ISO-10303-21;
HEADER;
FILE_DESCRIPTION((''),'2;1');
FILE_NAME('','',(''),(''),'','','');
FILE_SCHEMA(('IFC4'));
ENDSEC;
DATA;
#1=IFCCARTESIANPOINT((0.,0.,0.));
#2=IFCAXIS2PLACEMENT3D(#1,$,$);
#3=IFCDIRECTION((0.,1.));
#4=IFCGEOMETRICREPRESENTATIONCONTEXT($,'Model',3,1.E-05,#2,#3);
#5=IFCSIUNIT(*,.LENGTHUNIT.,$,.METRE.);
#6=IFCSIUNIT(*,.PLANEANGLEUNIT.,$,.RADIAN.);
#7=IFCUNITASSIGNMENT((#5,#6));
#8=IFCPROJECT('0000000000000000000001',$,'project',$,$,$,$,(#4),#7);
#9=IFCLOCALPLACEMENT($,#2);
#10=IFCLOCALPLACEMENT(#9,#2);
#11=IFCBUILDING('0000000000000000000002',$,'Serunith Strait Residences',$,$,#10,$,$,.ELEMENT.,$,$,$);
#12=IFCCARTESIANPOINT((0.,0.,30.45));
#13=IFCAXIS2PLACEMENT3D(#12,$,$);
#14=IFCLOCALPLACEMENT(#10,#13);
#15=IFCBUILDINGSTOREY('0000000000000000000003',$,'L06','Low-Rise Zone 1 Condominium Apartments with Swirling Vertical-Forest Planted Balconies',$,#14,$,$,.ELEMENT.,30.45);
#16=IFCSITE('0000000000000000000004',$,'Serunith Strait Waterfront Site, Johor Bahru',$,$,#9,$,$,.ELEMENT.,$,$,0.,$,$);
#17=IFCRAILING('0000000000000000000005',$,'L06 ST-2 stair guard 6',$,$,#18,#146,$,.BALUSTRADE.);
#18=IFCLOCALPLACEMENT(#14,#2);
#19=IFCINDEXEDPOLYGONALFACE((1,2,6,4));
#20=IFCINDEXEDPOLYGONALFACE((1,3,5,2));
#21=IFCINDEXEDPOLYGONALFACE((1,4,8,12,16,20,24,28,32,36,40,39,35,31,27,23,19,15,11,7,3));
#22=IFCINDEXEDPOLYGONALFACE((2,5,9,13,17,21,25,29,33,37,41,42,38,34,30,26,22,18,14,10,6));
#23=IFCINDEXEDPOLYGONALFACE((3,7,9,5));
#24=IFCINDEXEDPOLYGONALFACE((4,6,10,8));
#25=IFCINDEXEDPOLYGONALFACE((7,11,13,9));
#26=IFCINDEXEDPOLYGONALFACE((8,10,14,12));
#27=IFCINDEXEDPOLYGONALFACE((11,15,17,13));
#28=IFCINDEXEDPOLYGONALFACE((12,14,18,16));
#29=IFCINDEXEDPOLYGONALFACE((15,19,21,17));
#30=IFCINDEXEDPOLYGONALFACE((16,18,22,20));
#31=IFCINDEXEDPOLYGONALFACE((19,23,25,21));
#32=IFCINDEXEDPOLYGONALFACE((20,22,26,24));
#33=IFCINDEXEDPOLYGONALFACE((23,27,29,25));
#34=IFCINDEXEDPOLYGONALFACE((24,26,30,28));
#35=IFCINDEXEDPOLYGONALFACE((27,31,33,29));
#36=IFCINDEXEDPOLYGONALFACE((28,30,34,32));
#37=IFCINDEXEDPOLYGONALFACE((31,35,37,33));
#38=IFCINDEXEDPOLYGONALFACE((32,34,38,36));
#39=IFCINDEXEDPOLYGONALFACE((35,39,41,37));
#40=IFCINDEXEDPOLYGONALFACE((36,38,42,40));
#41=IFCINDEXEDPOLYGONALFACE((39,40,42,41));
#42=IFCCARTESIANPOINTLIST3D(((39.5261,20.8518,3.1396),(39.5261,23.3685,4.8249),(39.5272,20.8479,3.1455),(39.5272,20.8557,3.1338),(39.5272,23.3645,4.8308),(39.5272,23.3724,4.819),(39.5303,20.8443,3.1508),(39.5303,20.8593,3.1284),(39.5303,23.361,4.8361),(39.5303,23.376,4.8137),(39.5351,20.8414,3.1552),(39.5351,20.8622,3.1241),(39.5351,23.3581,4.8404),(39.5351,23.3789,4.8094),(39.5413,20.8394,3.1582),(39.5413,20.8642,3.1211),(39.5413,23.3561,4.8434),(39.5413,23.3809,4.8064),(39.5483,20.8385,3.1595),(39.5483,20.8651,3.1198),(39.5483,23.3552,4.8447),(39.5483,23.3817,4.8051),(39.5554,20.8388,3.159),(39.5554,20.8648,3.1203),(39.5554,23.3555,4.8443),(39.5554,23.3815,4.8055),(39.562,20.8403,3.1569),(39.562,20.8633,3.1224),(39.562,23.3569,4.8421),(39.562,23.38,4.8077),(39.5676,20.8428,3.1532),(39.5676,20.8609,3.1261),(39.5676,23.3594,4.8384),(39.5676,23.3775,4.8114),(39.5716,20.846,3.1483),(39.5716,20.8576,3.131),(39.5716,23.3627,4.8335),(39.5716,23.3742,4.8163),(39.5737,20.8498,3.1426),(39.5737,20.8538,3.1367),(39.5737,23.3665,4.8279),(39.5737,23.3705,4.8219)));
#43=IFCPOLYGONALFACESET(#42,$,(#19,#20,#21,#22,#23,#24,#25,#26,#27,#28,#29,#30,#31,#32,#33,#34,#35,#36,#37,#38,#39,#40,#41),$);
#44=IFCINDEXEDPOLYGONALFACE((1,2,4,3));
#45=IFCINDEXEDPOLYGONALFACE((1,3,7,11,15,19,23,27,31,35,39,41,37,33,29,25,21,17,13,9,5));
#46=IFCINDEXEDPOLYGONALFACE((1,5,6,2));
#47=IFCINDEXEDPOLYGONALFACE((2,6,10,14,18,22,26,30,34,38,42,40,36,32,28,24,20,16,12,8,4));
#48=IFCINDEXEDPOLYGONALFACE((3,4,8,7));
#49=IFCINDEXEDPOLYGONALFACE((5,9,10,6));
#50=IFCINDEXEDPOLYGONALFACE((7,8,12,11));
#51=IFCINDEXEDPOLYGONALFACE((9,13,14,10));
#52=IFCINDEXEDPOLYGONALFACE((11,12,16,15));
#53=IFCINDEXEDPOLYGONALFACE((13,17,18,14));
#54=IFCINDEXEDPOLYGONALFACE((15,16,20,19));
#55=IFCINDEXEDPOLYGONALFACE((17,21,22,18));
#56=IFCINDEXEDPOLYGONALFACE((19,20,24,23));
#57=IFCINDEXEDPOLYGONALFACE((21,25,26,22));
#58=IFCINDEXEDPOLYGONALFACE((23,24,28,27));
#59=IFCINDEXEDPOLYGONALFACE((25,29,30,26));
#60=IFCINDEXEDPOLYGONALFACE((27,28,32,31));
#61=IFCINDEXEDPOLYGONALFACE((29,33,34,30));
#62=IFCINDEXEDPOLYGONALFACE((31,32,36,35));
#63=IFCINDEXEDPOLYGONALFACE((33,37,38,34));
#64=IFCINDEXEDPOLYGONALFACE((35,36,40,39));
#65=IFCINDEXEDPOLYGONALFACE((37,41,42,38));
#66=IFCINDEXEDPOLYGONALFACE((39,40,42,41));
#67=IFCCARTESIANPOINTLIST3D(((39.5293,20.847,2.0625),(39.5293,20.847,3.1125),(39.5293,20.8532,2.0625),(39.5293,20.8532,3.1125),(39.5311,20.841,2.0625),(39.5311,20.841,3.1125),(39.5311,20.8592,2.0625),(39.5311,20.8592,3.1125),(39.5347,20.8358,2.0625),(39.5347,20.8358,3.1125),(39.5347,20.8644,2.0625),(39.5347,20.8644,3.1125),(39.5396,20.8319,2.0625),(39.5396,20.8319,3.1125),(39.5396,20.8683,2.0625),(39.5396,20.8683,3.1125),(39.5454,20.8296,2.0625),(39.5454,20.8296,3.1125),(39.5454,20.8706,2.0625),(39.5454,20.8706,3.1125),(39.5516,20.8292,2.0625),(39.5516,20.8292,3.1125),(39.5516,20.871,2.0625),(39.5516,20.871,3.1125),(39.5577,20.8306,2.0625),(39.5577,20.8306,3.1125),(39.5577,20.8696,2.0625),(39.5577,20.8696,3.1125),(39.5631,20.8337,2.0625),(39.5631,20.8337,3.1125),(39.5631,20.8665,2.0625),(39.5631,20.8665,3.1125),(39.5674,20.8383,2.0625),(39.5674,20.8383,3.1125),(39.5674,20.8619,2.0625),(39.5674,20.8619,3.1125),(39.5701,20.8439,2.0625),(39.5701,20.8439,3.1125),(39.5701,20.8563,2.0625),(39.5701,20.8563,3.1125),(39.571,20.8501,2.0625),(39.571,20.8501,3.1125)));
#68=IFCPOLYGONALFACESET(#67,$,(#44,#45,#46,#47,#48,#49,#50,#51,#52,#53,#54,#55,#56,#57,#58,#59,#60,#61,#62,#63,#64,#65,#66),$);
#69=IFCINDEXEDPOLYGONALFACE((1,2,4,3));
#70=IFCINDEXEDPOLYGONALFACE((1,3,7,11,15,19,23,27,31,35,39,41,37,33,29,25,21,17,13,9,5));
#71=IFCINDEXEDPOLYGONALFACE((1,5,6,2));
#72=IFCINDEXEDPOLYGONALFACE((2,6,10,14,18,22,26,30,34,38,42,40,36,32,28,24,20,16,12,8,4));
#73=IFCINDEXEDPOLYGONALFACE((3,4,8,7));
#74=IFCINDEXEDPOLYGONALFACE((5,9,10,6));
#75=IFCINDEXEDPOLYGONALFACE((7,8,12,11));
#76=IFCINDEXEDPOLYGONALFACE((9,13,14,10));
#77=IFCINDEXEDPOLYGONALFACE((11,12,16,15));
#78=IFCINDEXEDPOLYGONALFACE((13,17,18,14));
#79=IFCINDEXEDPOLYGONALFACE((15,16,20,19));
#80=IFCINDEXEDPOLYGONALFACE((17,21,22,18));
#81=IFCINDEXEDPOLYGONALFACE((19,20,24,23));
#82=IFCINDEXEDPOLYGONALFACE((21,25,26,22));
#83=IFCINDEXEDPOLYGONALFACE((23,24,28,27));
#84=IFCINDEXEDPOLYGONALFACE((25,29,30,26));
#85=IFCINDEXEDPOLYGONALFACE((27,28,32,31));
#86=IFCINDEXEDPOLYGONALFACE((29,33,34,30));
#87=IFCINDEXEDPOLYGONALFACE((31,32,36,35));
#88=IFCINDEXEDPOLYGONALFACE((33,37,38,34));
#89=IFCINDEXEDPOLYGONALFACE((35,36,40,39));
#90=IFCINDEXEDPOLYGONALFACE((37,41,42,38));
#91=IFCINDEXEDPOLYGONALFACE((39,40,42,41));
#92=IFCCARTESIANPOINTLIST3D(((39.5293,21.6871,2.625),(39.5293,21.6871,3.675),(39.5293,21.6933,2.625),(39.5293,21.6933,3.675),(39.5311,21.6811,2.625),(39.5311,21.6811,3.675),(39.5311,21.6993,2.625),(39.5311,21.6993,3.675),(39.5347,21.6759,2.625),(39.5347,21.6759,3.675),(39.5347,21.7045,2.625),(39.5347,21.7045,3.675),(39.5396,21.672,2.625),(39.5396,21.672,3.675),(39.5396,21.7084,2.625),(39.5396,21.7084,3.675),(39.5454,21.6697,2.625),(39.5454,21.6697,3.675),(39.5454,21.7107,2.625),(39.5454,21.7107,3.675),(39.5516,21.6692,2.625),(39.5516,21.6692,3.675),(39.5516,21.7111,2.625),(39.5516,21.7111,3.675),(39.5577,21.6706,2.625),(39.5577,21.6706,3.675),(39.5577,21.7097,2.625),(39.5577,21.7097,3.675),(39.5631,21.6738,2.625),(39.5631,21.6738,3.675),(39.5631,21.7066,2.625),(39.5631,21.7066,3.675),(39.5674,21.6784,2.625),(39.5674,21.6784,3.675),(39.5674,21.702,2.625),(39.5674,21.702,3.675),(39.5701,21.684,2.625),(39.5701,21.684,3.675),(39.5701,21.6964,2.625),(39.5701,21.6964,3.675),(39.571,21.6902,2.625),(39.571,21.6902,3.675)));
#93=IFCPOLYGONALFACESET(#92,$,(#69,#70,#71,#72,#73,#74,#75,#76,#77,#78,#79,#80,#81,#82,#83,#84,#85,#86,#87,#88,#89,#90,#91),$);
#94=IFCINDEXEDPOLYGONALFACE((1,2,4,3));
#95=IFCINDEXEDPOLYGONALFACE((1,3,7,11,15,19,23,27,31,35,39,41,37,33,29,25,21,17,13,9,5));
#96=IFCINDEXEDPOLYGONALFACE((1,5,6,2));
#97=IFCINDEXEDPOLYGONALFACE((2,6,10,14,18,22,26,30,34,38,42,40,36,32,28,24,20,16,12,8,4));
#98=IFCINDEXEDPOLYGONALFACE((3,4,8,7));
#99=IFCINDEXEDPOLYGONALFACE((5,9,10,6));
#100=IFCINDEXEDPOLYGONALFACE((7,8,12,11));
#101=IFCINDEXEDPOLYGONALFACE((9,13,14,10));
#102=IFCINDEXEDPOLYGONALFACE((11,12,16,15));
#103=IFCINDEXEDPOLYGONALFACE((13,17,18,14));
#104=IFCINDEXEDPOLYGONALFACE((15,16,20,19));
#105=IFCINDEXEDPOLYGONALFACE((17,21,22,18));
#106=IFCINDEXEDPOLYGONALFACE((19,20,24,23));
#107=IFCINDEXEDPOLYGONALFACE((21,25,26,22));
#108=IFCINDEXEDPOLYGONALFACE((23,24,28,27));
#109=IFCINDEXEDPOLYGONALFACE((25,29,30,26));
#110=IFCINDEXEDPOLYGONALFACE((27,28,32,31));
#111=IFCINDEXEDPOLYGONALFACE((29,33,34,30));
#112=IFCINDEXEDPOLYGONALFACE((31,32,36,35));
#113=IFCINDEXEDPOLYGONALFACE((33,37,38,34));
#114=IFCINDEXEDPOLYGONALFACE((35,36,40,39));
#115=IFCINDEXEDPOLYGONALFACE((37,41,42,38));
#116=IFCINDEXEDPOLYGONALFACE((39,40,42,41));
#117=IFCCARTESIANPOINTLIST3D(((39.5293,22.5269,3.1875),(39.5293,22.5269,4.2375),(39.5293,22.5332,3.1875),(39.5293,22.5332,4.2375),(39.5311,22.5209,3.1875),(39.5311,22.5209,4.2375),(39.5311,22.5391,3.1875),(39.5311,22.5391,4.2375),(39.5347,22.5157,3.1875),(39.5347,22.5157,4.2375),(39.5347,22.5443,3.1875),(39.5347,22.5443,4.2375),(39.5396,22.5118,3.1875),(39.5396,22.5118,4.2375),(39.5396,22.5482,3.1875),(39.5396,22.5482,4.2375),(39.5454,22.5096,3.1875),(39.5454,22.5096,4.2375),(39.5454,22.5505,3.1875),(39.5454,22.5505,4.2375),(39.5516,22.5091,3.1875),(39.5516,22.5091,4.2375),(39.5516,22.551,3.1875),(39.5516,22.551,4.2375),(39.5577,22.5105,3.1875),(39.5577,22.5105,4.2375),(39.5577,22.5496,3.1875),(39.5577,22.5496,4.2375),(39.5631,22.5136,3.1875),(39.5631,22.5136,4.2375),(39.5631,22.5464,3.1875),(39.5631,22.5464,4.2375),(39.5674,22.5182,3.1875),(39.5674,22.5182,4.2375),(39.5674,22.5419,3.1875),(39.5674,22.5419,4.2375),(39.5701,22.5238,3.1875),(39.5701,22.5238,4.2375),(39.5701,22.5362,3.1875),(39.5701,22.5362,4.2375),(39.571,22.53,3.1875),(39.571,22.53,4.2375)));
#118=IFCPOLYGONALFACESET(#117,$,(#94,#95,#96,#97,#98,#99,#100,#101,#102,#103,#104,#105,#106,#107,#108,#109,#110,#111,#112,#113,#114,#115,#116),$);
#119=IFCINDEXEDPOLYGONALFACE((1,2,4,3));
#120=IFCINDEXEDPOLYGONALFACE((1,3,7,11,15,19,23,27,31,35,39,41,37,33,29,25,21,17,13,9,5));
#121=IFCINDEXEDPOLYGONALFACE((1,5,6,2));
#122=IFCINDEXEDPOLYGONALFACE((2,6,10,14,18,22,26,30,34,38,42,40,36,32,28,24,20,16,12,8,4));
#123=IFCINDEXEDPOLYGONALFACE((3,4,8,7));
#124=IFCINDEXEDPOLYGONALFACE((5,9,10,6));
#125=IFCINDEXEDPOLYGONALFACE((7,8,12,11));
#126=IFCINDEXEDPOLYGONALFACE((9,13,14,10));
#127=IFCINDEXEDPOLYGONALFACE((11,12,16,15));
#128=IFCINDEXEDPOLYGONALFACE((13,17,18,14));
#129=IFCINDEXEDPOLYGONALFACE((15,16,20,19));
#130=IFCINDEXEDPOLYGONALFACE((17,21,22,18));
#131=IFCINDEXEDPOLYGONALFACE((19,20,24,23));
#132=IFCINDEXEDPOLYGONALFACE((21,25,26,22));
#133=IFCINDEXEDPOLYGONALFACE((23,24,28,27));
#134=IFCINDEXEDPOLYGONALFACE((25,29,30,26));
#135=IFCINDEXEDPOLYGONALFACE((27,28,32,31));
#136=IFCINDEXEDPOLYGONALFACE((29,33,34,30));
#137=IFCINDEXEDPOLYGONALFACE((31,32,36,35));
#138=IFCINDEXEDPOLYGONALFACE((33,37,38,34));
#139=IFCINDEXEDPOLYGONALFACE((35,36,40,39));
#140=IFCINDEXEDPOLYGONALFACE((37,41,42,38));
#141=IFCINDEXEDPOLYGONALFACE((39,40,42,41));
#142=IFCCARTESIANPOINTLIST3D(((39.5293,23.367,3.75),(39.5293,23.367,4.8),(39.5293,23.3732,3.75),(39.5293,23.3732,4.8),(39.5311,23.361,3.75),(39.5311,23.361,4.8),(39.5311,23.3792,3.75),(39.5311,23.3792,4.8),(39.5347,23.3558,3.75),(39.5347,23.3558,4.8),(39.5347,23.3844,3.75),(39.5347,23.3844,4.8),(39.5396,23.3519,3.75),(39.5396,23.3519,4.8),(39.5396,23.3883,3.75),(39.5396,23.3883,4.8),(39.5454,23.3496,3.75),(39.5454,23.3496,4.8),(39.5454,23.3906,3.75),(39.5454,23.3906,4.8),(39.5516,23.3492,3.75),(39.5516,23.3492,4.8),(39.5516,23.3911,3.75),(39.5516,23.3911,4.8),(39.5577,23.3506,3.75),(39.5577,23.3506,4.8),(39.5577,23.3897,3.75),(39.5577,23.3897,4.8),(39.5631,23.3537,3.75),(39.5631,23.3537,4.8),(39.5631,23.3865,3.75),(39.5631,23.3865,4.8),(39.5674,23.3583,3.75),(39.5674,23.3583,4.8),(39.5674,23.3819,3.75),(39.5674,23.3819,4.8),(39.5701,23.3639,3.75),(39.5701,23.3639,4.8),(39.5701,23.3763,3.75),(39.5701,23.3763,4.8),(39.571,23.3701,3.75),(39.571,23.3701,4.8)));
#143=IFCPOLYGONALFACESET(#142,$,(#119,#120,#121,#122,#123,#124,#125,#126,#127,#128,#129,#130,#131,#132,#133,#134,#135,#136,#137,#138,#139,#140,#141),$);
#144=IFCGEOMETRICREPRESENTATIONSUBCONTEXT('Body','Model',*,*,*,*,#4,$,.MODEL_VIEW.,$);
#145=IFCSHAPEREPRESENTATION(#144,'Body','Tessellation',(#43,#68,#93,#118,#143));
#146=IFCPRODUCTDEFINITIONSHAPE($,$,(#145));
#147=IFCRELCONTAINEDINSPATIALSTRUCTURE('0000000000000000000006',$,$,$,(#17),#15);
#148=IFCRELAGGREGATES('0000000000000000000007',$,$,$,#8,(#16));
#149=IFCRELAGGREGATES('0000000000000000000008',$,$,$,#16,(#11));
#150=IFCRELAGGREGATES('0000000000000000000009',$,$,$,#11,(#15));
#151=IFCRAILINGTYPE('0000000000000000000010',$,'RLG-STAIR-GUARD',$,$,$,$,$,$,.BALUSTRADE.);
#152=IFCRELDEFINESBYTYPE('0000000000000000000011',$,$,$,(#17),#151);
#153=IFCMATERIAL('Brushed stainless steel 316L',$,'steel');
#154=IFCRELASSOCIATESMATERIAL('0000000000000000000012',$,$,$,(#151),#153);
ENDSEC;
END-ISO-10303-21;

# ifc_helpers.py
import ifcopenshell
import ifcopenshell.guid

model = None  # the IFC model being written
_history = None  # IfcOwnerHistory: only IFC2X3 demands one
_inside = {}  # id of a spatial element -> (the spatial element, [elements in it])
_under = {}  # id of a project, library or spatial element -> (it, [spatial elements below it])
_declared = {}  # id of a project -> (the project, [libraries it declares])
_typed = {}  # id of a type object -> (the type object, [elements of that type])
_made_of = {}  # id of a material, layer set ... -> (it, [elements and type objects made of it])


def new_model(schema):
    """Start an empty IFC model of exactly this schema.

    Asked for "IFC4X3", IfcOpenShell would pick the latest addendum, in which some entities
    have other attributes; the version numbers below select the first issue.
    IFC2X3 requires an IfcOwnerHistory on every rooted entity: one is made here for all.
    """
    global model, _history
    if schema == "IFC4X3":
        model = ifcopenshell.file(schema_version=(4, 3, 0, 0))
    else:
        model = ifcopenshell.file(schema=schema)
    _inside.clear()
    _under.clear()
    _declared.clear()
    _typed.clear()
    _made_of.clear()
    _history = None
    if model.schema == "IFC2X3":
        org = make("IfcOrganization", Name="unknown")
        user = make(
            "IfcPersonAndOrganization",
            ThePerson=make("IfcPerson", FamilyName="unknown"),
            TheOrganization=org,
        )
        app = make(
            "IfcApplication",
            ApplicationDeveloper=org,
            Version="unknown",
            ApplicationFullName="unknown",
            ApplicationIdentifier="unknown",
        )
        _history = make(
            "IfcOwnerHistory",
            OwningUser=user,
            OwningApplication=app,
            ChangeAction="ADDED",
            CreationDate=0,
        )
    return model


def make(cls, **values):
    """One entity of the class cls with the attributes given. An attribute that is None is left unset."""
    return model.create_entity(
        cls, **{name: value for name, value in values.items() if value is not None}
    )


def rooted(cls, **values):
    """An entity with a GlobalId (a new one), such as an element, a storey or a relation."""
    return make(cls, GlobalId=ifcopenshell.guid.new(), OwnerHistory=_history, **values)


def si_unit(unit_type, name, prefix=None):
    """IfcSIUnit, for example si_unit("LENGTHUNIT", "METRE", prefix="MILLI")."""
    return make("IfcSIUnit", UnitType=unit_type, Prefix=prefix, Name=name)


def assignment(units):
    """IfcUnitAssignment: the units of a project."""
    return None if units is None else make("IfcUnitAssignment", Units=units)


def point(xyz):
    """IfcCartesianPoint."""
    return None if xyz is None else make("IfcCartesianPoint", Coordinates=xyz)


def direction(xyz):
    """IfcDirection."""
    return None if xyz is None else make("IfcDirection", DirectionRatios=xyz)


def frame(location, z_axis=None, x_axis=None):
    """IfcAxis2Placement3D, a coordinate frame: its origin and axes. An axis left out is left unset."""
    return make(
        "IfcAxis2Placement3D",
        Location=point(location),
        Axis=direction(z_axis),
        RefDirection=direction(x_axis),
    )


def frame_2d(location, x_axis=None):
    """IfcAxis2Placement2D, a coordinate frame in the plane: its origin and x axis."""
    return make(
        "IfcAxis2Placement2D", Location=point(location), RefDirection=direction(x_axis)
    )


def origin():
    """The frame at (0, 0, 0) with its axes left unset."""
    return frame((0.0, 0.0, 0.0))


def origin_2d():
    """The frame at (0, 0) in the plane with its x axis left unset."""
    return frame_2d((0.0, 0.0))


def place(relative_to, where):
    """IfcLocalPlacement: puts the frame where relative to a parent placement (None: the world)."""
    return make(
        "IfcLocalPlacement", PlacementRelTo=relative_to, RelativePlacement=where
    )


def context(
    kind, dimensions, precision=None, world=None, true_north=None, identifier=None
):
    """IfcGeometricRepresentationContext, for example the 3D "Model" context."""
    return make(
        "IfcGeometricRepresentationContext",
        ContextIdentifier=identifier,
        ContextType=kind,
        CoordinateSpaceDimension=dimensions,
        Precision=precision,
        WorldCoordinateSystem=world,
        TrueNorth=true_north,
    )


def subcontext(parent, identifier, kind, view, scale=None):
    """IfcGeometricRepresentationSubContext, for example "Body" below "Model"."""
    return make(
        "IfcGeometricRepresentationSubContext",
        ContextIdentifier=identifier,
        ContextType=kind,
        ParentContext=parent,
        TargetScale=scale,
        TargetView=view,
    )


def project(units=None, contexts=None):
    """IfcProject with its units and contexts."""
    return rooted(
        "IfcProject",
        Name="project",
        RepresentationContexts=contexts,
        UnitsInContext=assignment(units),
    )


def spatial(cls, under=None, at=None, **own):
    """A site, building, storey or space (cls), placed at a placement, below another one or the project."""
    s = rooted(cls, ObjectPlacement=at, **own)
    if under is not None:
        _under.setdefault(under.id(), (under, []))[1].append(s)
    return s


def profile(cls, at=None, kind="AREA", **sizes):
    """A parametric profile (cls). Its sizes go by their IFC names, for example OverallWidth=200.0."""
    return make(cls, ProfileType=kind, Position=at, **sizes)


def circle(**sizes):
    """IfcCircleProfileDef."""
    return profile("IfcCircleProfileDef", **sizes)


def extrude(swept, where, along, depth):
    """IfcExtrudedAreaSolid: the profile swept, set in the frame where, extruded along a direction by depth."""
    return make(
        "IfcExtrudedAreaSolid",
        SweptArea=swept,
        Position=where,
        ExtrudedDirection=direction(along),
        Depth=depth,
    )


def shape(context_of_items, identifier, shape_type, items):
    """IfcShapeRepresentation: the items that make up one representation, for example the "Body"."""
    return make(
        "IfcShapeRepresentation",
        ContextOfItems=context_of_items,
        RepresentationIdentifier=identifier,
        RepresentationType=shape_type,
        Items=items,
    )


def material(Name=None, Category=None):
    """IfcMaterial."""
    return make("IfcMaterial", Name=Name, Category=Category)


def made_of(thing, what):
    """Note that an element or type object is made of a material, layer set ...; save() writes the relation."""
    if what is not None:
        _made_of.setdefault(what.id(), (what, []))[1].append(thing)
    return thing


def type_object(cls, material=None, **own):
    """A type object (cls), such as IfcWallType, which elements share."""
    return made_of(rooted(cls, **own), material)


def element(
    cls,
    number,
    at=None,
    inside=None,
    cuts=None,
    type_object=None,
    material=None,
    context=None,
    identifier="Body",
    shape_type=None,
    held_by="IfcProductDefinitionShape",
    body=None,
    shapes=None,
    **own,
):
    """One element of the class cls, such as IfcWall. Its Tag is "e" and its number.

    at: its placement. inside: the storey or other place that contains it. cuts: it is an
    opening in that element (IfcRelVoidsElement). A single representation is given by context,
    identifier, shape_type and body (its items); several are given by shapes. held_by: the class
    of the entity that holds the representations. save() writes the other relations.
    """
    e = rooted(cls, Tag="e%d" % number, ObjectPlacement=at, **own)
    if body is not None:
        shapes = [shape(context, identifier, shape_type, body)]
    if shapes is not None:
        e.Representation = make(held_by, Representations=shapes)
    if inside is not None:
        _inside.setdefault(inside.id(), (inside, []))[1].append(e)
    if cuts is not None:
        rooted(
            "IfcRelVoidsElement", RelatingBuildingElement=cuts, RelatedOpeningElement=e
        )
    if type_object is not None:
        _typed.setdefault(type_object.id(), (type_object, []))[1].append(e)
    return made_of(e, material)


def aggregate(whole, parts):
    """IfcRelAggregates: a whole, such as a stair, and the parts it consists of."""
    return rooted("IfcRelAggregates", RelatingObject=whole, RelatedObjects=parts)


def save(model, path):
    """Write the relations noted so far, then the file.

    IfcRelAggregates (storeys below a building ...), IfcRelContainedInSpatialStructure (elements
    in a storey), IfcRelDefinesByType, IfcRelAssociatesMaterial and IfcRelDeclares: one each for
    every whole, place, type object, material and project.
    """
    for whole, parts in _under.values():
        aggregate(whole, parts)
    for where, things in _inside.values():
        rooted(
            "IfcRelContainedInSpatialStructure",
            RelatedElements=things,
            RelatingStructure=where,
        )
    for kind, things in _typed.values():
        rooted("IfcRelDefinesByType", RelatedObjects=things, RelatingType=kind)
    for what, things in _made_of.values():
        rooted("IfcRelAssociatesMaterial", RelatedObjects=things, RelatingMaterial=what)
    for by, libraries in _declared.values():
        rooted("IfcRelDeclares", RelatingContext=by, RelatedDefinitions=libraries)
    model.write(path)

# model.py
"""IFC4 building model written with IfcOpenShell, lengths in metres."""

from ifc_helpers import new_model, si_unit, direction, frame, origin, origin_2d, place, context, subcontext, project, spatial, circle, extrude, material, type_object, element, save


model = new_model("IFC4")

# Units and contexts
model_context = context("Model", 3, precision=1e-05, world=origin(), true_north=direction((0.0, 1.0)))
body_context = subcontext(model_context, "Body", "Model", "MODEL_VIEW")
ifc_project = project(units=[si_unit("LENGTHUNIT", "METRE"), si_unit("PLANEANGLEUNIT", "RADIAN")], contexts=[model_context])

# Site, building, storey
site_placement = place(None, origin())
site = spatial("IfcSite", under=ifc_project, at=site_placement, Name="Serunith Strait Waterfront Site, Johor Bahru", CompositionType="ELEMENT", RefElevation=0.0)
building_placement = place(site_placement, origin())
building = spatial("IfcBuilding", under=site, at=building_placement, Name="Serunith Strait Residences", CompositionType="ELEMENT")
storey_placement = place(building_placement, frame((0.0, 0.0, 30.45)))
storey = spatial("IfcBuildingStorey", under=building, at=storey_placement, Name="L06", Description="Low-Rise Zone 1 Condominium Apartments with Swirling Vertical-Forest Planted Balconies", CompositionType="ELEMENT", Elevation=30.45)

# Railing
ifc_material_1 = material(Name="Brushed stainless steel 316L", Category="steel")
railing_type_1 = type_object("IfcRailingType", Name="RLG-STAIR-GUARD", PredefinedType="BALUSTRADE", material=ifc_material_1)
railing_1_placement = place(storey_placement, frame((39.55, 20.8501, 2.0625)))
element("IfcRailing", 1, at=railing_1_placement, inside=storey, type_object=railing_type_1, Name="L06 ST-2 stair guard 6", PredefinedType="BALUSTRADE", context=body_context, shape_type="SweptSolid", body=[
    extrude(circle(Radius=0.0239, at=origin_2d()), frame((0.0, 0.0017, 1.0771), z_axis=(0.0, 0.830909, 0.556408), x_axis=(-1.0, 0.0, 0.0)), (0.0, 0.0, 1.0), 3.0288),
    extrude(circle(Radius=0.021, at=origin_2d()), origin(), (0.0, 0.0, 1.0), 1.05),
    extrude(circle(Radius=0.021, at=origin_2d()), frame((0.0, 0.8401, 0.5625)), (0.0, 0.0, 1.0), 1.05),
    extrude(circle(Radius=0.021, at=origin_2d()), frame((0.0, 1.6799, 1.125)), (0.0, 0.0, 1.0), 1.05),
    extrude(circle(Radius=0.021, at=origin_2d()), frame((0.0, 2.52, 1.6875)), (0.0, 0.0, 1.0), 1.05),
])

save(model, "model.ifc")
